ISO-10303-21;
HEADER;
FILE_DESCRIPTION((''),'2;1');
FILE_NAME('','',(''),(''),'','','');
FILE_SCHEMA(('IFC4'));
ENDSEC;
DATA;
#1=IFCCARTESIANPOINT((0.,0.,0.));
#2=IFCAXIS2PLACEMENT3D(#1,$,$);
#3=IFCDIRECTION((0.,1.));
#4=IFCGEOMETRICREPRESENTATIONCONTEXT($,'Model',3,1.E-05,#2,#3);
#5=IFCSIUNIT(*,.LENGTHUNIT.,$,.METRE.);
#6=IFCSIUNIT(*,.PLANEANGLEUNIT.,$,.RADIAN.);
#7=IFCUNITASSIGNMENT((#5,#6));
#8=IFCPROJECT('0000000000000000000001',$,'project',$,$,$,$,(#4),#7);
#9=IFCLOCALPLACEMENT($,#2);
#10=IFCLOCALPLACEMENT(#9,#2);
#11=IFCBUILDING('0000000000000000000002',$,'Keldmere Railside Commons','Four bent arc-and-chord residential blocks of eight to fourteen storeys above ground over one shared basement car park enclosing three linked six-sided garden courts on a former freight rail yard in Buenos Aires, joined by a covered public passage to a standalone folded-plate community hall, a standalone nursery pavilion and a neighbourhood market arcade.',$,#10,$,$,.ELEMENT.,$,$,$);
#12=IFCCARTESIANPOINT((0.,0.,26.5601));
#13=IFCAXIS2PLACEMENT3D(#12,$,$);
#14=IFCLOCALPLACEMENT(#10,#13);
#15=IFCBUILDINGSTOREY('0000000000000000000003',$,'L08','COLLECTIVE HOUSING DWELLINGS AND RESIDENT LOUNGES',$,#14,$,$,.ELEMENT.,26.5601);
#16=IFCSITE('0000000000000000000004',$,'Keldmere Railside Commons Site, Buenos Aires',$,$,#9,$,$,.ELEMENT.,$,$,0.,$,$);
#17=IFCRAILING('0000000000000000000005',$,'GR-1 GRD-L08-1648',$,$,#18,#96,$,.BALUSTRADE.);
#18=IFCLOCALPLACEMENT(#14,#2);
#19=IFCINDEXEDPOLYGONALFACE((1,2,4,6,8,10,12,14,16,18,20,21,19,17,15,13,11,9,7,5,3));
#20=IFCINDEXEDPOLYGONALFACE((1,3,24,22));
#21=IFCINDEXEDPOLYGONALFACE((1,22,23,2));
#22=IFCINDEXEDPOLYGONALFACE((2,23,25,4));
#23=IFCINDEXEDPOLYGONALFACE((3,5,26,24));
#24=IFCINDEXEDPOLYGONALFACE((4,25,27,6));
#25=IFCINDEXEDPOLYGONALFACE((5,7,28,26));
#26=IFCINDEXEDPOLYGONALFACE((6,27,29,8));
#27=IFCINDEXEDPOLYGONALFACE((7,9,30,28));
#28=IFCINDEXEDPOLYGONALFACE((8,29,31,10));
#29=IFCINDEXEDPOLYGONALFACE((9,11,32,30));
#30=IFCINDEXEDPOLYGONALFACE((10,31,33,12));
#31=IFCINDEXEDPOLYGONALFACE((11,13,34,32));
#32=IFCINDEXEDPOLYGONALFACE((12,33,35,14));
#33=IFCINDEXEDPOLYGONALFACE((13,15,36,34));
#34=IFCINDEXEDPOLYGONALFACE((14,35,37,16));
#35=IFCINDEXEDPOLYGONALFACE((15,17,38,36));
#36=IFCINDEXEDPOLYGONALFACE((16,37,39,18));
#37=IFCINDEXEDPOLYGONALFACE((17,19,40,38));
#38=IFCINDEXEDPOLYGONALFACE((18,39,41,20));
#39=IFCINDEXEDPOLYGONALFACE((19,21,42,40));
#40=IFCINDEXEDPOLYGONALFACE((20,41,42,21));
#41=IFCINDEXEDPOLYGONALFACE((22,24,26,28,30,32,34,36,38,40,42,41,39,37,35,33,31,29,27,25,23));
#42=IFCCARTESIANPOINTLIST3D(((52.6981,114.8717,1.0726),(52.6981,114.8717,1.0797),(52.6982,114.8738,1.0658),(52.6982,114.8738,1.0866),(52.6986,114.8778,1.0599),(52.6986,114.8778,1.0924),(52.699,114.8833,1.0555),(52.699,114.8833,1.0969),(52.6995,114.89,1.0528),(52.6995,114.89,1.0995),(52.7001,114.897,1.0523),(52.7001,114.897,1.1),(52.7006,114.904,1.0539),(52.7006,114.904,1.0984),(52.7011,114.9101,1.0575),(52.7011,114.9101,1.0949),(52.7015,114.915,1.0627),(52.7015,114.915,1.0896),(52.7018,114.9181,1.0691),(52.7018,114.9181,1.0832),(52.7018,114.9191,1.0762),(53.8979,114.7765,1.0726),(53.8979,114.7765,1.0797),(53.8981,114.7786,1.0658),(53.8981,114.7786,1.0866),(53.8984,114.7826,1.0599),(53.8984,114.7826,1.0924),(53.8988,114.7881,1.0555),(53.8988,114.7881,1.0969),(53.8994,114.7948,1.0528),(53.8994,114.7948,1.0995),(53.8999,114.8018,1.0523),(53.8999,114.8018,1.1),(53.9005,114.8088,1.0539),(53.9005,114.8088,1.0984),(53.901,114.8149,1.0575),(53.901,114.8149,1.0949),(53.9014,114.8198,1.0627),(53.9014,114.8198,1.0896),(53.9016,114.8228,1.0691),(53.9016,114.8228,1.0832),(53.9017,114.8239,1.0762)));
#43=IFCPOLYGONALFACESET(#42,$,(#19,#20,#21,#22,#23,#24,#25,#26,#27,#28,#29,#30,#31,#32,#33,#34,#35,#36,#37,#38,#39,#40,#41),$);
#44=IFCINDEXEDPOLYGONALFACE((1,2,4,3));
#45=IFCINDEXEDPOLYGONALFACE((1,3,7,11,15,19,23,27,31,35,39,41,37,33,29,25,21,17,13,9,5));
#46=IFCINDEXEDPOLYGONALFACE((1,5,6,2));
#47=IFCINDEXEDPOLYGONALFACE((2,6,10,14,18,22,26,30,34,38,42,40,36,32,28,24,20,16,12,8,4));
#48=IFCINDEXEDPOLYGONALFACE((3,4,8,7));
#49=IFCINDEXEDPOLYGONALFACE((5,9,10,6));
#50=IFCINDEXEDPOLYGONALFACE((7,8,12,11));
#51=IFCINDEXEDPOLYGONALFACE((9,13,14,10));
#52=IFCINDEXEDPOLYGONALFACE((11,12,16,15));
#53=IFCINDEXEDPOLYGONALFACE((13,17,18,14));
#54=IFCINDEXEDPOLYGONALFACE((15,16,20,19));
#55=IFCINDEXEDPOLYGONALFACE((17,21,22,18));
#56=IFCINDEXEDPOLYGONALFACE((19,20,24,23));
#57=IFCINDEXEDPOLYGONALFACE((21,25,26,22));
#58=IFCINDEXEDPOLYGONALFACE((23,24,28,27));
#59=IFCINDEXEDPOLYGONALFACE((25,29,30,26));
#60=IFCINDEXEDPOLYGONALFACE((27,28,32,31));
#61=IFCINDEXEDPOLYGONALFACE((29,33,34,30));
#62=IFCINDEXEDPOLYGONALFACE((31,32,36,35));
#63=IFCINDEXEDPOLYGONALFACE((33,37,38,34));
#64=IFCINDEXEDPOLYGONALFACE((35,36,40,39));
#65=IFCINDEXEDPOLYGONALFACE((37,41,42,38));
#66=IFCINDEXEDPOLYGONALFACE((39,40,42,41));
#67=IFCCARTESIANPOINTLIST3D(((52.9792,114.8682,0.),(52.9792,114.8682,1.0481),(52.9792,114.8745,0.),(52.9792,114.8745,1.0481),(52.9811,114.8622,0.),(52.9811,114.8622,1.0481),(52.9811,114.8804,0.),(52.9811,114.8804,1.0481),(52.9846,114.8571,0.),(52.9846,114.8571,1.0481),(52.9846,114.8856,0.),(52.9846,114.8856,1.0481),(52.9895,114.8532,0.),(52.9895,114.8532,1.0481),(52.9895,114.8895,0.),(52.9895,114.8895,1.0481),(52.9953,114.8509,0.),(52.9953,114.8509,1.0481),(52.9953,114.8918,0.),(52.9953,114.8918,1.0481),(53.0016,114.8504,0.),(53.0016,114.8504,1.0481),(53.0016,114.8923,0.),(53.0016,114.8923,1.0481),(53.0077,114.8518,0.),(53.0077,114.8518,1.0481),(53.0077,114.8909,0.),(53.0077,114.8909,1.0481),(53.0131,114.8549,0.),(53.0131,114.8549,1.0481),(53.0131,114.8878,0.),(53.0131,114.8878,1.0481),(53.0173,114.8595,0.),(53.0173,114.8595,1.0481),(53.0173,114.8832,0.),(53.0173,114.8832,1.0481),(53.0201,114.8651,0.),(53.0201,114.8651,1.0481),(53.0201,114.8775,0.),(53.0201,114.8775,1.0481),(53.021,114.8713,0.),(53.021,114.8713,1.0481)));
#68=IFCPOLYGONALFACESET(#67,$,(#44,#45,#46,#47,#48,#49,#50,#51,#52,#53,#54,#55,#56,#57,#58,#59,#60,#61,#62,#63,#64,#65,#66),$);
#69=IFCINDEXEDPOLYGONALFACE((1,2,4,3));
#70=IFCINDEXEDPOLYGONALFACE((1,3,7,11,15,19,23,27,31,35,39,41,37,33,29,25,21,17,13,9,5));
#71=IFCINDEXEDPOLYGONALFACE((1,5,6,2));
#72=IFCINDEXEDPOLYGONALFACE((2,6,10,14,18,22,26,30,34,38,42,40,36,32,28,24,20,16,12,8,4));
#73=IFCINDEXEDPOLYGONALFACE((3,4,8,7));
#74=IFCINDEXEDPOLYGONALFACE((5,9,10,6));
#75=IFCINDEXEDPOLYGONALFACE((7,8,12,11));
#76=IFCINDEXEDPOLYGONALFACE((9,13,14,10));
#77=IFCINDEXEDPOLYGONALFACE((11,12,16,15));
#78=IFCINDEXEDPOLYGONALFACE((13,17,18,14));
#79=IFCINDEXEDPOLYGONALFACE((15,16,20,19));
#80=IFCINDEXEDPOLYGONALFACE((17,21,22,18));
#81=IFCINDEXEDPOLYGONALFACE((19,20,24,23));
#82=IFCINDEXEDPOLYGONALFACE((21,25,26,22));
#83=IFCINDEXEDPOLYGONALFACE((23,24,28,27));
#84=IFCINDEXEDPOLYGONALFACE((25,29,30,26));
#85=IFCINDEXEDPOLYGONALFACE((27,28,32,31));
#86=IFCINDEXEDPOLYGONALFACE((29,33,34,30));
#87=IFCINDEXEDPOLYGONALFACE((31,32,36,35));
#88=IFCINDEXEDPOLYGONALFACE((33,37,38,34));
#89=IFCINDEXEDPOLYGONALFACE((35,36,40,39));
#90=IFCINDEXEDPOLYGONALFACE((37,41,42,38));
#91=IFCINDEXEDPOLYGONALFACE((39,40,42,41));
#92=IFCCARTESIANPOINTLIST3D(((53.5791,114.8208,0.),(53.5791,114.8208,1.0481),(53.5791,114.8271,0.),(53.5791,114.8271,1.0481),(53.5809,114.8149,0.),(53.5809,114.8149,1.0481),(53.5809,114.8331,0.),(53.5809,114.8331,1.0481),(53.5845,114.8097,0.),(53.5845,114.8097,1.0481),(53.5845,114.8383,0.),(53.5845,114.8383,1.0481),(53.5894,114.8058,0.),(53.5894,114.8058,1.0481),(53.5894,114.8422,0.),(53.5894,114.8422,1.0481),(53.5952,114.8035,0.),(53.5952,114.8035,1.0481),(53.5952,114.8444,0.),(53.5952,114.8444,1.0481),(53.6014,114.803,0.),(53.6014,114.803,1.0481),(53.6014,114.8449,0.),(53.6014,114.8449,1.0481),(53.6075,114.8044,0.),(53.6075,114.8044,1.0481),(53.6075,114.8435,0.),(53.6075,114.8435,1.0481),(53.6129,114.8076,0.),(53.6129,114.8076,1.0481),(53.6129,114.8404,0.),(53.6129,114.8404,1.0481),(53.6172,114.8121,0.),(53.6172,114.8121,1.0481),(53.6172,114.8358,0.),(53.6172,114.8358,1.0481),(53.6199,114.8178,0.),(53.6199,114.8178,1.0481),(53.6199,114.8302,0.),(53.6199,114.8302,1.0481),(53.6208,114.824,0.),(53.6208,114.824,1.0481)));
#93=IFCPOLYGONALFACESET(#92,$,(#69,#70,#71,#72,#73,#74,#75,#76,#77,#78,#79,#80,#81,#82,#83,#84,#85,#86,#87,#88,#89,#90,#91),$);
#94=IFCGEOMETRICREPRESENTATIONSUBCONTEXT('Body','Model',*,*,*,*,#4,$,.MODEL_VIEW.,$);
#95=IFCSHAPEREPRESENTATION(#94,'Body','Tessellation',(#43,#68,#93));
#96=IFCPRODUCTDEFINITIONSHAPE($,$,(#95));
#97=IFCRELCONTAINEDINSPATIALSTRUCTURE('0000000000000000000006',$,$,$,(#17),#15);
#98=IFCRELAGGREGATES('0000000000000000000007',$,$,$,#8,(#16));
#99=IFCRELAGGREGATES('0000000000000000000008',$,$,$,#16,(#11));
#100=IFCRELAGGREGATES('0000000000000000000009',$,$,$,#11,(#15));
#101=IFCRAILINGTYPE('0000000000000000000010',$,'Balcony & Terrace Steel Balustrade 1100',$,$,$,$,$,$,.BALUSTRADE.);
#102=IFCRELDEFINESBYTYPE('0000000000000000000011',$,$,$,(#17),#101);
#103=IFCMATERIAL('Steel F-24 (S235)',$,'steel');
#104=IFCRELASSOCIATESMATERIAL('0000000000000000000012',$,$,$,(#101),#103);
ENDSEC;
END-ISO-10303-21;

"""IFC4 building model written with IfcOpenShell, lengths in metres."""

from ifc_helpers import new_model, si_unit, direction, frame, origin, origin_2d, place, context, subcontext, project, spatial, circle, extrude, material, type_object, element, save


model = new_model("IFC4")

# Units and contexts
model_context = context("Model", 3, precision=1e-05, world=origin(), true_north=direction((0.0, 1.0)))
body_context = subcontext(model_context, "Body", "Model", "MODEL_VIEW")
ifc_project = project(units=[si_unit("LENGTHUNIT", "METRE"), si_unit("PLANEANGLEUNIT", "RADIAN")], contexts=[model_context])

# Site, building, storey
site_placement = place(None, origin())
site = spatial("IfcSite", under=ifc_project, at=site_placement, Name="Keldmere Railside Commons Site, Buenos Aires", CompositionType="ELEMENT", RefElevation=0.0)
building_placement = place(site_placement, origin())
building = spatial("IfcBuilding", under=site, at=building_placement, Name="Keldmere Railside Commons", Description="Four bent arc-and-chord residential blocks of eight to fourteen storeys above ground over one shared basement car park enclosing three linked six-sided garden courts on a former freight rail yard in Buenos Aires, joined by a covered public passage to a standalone folded-plate community hall, a standalone nursery pavilion and a neighbourhood market arcade.", CompositionType="ELEMENT")
storey_placement = place(building_placement, frame((0.0, 0.0, 26.5601)))
storey = spatial("IfcBuildingStorey", under=building, at=storey_placement, Name="L08", Description="COLLECTIVE HOUSING DWELLINGS AND RESIDENT LOUNGES", CompositionType="ELEMENT", Elevation=26.5601)

# Railing
ifc_material_1 = material(Name="Steel F-24 (S235)", Category="steel")
railing_type = type_object("IfcRailingType", Name="Balcony & Terrace Steel Balustrade 1100", PredefinedType="BALUSTRADE", material=ifc_material_1)
railing_1_placement = place(storey_placement, frame((52.7, 114.8953, 0.0)))
element("IfcRailing", 1, at=railing_1_placement, inside=storey, type_object=railing_type, Name="GR-1 GRD-L08-1648", PredefinedType="BALUSTRADE", context=body_context, shape_type="SweptSolid", body=[
    extrude(circle(Radius=0.0239, at=origin_2d()), frame((0.0, 0.0, 1.0762), z_axis=(0.996867, -0.0791, 0.0), x_axis=(0.0791, 0.996867, 0.0)), (0.0, 0.0, 1.0), 1.2036),
    extrude(circle(Radius=0.021, at=origin_2d()), frame((0.3, -0.0239, 0.0)), (0.0, 0.0, 1.0), 1.0481),
    extrude(circle(Radius=0.021, at=origin_2d()), frame((0.8999, -0.0713, 0.0)), (0.0, 0.0, 1.0), 1.0481),
])

save(model, "model.ifc")
